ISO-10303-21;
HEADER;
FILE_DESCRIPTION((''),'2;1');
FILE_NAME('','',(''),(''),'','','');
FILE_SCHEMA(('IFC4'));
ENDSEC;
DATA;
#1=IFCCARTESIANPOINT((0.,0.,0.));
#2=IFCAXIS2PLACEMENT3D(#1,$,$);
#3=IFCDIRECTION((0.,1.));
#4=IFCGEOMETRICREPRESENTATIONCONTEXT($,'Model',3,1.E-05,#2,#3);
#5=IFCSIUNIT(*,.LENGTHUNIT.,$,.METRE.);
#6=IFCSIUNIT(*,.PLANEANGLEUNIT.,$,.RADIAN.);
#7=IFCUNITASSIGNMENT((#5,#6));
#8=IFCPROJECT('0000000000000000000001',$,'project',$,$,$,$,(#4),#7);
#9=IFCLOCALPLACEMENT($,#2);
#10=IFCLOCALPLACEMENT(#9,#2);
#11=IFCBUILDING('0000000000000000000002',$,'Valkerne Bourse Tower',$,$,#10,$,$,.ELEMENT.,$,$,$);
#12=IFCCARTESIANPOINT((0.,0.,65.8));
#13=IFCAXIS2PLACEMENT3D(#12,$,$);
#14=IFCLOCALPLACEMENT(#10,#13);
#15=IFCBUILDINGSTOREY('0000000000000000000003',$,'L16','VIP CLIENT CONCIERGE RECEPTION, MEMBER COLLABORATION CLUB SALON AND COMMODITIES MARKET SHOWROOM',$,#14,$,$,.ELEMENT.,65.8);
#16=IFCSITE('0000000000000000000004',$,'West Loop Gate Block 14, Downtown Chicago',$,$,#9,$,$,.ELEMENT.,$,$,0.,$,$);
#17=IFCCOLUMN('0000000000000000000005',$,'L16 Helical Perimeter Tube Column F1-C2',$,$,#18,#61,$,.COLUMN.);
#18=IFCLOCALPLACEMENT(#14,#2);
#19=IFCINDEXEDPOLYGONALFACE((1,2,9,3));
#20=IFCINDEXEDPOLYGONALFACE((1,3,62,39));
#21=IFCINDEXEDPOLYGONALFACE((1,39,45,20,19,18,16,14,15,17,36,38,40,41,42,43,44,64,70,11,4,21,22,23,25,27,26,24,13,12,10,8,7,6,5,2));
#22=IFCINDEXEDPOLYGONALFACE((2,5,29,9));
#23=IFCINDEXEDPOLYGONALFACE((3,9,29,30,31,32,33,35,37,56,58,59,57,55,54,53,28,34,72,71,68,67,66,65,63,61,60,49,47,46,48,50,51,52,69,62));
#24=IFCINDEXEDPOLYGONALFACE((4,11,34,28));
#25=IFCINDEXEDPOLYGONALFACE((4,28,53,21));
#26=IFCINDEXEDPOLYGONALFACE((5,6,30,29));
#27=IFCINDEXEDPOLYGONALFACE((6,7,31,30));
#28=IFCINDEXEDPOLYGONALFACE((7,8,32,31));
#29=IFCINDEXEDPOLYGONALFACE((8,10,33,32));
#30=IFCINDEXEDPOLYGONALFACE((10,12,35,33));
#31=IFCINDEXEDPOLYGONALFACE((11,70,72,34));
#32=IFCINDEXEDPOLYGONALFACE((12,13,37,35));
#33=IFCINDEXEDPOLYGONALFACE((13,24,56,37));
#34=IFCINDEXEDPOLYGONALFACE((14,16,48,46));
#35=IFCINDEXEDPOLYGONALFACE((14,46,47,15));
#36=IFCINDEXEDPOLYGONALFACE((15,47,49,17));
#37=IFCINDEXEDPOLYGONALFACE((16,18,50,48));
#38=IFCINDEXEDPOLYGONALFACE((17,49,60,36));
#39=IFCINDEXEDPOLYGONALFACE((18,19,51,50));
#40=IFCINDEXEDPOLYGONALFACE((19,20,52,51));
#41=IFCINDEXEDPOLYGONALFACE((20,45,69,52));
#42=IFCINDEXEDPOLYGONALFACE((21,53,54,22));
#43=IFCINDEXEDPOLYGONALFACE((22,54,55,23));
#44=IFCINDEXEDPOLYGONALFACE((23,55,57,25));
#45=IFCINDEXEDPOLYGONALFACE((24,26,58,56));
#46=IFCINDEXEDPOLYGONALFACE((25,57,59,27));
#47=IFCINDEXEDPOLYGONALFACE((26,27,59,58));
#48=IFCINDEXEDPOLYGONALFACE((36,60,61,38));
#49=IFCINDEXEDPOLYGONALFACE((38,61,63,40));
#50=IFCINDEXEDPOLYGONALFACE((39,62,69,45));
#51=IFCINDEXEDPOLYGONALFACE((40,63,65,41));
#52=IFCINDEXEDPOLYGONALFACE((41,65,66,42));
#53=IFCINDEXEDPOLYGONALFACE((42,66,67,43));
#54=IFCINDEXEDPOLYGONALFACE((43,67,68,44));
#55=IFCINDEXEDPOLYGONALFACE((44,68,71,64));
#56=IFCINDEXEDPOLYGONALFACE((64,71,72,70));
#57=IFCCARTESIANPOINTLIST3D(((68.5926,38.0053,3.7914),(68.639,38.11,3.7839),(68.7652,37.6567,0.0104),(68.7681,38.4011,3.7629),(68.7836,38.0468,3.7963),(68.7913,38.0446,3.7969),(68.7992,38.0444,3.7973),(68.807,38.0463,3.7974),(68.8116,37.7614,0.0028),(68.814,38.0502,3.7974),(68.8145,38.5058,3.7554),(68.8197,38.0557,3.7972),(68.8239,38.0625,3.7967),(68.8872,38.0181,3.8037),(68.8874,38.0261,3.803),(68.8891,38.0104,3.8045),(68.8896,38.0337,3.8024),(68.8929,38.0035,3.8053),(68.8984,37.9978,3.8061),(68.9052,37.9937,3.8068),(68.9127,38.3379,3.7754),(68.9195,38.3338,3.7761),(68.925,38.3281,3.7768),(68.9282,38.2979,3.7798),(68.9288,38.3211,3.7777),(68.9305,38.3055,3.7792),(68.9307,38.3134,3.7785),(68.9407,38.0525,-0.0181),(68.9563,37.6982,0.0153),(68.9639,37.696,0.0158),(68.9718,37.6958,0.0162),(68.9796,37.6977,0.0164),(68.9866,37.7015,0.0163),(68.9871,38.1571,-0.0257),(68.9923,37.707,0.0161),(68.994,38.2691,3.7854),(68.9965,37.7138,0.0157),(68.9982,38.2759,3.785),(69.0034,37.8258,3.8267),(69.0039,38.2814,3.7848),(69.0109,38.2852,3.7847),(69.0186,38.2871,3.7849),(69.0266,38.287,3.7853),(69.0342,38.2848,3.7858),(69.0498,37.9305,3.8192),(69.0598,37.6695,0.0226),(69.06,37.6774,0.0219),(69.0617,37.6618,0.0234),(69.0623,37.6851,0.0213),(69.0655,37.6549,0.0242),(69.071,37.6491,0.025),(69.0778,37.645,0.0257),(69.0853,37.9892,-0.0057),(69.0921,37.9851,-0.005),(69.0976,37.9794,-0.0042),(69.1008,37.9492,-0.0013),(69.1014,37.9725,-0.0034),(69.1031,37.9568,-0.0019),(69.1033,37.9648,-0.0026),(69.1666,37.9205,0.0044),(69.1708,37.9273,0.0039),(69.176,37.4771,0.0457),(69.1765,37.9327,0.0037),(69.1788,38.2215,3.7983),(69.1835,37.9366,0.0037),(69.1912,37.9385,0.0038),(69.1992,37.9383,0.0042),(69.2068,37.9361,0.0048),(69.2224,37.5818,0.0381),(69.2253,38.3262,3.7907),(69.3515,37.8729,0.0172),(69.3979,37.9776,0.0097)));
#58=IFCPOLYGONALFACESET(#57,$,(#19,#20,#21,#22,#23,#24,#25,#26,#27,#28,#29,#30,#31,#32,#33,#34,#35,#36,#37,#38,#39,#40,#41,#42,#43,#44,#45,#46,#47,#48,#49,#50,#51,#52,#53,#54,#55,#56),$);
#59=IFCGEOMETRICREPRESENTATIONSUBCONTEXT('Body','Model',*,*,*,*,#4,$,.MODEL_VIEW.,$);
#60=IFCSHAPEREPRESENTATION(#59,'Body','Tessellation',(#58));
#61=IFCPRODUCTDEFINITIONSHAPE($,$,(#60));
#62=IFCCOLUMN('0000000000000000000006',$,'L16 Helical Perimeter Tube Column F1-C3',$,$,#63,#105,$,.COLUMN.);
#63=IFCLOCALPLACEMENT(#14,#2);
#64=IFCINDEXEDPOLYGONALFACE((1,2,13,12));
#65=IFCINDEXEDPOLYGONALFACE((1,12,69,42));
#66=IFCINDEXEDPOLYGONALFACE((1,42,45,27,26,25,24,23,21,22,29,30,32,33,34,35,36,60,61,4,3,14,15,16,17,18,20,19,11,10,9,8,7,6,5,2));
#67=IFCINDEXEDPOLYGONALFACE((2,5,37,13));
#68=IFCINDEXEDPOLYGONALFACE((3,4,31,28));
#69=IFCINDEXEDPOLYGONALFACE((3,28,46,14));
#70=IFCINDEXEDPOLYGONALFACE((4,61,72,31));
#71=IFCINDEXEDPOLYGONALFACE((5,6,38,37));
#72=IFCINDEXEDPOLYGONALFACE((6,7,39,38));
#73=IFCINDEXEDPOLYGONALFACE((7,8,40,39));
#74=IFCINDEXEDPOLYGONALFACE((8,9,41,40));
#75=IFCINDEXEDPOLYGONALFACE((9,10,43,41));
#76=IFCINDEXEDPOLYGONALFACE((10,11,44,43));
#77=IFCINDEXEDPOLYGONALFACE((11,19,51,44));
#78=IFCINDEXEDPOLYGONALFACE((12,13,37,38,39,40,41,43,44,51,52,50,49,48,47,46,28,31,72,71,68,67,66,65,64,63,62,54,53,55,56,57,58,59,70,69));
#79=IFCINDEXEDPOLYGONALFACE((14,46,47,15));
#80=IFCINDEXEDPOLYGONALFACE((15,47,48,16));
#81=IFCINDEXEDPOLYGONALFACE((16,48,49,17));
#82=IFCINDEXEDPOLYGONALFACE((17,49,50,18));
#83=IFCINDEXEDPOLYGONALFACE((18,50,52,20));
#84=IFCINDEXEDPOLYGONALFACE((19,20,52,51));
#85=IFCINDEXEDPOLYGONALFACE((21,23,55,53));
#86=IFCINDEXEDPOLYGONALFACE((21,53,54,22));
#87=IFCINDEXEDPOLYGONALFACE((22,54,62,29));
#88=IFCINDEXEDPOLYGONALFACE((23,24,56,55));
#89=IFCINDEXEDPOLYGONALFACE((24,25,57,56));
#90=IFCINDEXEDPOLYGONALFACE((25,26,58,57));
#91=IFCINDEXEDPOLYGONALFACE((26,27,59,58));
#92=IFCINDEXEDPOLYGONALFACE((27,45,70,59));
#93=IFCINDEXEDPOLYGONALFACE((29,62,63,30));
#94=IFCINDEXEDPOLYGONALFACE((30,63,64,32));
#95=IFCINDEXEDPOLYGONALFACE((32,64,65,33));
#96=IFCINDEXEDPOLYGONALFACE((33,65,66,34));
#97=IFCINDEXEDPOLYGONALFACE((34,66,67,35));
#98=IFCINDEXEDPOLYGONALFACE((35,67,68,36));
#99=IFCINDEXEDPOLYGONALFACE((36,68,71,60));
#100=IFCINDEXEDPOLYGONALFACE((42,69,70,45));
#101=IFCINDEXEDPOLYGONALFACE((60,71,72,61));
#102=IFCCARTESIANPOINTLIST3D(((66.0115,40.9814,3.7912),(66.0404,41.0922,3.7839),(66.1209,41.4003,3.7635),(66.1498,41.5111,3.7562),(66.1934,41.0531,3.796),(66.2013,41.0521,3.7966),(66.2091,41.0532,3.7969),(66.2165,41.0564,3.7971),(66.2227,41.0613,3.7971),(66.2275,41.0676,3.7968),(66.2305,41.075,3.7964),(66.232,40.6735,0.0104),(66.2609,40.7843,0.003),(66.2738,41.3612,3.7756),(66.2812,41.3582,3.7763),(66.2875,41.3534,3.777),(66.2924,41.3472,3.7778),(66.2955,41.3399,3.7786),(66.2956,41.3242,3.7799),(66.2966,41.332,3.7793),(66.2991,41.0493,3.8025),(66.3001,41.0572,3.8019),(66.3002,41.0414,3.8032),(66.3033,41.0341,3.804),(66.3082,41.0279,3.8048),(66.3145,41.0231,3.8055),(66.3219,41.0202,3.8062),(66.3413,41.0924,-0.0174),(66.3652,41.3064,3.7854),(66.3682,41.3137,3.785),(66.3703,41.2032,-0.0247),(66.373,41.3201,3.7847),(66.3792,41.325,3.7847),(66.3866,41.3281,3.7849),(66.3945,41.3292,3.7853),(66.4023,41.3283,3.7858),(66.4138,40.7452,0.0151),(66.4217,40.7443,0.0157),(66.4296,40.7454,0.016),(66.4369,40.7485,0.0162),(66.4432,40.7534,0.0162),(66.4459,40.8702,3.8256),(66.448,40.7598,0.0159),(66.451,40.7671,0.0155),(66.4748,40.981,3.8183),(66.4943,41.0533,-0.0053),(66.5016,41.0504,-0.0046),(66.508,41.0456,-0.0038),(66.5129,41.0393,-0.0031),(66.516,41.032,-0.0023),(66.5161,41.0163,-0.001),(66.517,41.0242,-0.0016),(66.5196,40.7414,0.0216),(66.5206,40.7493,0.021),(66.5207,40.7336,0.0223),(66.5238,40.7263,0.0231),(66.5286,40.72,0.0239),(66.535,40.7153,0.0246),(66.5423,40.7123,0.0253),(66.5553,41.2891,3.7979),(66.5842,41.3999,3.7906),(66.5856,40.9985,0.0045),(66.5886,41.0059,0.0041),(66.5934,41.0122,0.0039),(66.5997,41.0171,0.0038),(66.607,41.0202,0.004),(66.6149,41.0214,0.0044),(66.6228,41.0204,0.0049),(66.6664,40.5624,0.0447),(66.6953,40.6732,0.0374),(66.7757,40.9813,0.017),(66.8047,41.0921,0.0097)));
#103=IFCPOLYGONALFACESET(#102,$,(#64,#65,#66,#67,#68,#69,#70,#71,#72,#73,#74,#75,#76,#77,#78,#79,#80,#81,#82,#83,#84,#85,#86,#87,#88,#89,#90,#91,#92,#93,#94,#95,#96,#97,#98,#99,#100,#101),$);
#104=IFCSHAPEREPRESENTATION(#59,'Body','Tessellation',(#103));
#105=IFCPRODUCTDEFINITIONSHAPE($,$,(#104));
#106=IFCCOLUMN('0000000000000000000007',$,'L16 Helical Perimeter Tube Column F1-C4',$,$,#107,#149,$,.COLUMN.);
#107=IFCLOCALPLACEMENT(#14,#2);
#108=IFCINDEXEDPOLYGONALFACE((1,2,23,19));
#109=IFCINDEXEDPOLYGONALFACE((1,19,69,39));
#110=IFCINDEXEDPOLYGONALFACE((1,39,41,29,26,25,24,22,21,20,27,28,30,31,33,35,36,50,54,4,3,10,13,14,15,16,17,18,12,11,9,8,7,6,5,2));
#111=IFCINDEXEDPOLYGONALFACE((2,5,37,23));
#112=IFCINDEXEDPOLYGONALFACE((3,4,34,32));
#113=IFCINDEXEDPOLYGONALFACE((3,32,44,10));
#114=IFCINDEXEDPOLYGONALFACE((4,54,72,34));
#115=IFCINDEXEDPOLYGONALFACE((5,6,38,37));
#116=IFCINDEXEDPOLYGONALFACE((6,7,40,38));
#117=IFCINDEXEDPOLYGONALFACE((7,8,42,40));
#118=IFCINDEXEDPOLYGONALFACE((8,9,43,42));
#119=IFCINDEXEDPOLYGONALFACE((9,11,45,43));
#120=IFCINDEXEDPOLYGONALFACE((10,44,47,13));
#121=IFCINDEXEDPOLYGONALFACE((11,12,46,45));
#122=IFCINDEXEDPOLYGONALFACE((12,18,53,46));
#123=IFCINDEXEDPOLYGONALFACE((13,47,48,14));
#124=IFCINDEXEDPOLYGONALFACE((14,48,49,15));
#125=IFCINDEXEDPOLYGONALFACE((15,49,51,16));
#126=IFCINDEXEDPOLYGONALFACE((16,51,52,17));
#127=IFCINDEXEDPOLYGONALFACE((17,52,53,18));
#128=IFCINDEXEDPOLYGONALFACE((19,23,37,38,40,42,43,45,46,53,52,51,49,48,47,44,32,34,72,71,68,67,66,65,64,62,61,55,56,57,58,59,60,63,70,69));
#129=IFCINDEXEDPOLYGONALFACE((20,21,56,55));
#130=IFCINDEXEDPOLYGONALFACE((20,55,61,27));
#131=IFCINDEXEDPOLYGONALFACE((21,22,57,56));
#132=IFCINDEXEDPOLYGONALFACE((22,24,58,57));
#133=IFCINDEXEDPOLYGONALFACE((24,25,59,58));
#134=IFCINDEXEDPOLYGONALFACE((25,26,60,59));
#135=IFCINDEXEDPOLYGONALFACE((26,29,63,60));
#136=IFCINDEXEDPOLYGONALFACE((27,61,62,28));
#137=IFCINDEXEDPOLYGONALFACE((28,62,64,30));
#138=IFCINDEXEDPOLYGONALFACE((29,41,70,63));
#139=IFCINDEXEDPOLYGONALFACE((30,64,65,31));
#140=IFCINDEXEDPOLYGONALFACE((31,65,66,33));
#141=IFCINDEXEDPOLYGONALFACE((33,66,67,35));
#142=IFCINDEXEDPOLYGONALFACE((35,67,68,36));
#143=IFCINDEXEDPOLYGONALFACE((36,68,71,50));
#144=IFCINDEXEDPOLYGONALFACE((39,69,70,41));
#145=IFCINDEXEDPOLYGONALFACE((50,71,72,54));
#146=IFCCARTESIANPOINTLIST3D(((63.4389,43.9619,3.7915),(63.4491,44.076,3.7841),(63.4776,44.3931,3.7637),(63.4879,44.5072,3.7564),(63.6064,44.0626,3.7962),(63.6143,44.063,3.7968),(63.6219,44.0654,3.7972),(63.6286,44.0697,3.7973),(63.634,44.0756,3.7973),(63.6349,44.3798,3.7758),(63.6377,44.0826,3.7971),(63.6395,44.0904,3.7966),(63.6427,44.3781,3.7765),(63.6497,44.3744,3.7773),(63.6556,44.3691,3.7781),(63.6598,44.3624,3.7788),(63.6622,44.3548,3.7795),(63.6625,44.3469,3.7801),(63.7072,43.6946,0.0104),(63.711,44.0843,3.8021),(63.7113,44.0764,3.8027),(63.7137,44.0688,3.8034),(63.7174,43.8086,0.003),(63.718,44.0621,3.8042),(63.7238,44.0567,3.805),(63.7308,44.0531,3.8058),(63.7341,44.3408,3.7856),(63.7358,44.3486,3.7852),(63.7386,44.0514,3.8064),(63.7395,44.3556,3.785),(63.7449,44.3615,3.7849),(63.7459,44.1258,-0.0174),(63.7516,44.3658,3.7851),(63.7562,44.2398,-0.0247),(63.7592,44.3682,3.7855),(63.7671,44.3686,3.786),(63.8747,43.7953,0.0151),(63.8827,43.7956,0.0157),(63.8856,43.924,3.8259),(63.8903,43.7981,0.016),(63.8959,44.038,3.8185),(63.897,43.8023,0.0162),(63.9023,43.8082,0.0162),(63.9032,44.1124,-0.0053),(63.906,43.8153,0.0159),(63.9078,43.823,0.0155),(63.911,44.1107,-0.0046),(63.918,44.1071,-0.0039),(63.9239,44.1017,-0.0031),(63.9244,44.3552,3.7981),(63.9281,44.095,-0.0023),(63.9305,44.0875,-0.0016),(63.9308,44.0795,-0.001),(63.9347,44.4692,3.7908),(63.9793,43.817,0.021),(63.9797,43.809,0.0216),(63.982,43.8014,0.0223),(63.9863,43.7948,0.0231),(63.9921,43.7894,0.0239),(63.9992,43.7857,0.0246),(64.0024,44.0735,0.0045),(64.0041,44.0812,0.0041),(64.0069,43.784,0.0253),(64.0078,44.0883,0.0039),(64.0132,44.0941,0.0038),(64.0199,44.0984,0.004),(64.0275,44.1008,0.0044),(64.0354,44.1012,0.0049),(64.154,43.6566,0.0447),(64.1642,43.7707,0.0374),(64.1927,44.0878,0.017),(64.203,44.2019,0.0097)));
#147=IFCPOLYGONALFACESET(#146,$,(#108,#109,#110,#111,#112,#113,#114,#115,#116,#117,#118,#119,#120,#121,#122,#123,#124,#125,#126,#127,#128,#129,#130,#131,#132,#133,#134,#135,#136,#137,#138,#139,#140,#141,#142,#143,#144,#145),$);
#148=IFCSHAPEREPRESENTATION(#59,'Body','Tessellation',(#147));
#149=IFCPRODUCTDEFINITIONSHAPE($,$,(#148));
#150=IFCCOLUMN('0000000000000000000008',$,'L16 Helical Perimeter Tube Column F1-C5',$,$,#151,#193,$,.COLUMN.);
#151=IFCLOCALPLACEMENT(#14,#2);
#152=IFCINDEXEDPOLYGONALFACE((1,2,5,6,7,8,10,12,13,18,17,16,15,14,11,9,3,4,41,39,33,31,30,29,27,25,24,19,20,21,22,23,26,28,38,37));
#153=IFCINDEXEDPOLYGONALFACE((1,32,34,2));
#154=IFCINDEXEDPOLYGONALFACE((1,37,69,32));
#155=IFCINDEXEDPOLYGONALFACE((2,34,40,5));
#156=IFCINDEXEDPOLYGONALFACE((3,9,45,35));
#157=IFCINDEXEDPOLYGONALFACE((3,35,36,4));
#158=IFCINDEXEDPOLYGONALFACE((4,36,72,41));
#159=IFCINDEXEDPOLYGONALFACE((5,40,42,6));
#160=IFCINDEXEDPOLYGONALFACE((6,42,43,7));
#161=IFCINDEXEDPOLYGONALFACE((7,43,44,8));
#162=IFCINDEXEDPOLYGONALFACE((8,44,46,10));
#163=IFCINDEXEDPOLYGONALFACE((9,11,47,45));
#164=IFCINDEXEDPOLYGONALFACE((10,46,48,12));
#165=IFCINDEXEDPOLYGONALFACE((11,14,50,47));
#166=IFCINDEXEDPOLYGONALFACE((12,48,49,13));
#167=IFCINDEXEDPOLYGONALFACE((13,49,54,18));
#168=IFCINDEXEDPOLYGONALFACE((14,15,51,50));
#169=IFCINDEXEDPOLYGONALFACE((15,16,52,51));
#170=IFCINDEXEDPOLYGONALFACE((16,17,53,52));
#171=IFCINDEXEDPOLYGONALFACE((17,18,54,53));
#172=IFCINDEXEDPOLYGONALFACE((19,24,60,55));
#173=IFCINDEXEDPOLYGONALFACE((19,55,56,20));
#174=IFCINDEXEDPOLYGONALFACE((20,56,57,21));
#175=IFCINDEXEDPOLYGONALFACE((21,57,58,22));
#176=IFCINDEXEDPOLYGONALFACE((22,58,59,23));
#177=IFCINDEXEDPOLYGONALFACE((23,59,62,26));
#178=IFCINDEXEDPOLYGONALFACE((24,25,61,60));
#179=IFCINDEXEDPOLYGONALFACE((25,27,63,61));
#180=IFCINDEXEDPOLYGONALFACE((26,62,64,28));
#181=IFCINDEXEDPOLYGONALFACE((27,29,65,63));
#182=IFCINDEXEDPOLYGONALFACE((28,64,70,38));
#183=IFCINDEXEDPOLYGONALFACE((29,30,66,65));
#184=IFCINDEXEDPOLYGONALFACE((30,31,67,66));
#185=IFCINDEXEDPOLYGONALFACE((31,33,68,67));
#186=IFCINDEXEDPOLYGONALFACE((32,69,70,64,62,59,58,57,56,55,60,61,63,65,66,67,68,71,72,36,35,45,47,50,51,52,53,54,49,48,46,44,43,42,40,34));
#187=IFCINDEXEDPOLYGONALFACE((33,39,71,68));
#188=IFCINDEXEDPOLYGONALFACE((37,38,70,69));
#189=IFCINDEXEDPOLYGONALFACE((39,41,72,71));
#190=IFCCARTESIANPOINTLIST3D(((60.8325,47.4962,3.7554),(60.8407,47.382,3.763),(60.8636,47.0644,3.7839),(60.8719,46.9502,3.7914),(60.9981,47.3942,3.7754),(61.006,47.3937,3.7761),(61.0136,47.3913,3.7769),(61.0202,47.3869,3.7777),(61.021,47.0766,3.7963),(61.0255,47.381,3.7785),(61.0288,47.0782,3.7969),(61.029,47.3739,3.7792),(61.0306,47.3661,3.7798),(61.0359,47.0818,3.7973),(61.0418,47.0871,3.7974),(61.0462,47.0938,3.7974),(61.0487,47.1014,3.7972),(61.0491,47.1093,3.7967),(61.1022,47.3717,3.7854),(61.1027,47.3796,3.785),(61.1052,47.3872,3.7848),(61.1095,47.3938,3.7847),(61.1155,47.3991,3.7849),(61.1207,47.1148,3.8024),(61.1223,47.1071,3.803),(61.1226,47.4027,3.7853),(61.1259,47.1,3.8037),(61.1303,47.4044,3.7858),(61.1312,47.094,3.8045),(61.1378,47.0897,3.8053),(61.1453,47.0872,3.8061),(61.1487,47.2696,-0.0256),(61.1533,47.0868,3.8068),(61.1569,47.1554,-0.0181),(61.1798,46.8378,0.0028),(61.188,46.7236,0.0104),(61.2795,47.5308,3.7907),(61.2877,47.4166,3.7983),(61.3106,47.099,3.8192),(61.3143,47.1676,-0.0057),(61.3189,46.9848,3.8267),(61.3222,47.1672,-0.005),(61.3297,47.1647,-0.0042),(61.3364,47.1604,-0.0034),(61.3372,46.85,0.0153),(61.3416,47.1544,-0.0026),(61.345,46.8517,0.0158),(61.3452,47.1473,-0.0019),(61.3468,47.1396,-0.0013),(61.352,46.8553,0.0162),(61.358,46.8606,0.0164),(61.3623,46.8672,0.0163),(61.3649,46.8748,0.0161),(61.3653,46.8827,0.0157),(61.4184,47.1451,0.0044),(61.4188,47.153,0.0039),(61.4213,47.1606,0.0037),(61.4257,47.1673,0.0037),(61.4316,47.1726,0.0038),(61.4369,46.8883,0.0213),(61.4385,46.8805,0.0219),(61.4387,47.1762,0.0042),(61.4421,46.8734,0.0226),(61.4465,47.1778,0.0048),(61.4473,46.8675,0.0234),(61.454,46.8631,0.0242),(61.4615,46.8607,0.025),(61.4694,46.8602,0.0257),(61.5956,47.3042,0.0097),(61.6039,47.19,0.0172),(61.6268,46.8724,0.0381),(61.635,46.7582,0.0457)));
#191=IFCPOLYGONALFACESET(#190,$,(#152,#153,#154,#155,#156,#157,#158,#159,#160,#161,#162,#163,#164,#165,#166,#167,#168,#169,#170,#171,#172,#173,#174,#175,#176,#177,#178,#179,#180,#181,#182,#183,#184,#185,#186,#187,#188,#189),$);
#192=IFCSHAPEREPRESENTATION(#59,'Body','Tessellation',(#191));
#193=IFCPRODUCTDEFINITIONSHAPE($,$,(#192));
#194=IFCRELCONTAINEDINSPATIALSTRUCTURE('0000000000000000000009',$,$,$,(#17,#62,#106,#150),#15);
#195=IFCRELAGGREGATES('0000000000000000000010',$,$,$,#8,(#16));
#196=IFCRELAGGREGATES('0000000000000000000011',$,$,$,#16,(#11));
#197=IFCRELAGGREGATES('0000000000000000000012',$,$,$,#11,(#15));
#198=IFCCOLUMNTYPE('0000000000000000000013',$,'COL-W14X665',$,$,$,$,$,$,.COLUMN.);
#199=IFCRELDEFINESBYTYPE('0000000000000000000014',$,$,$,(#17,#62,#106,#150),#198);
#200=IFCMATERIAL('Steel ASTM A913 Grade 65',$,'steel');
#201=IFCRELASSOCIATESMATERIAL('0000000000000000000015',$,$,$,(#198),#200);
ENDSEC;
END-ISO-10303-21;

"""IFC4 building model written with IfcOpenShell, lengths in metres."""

from ifc_helpers import new_model, si_unit, direction, frame, origin, origin_2d, place, context, subcontext, project, spatial, i_section, extrude, material, material_profile, profile_set, type_object, element, save


model = new_model("IFC4")

# Units and contexts
model_context = context("Model", 3, precision=1e-05, world=origin(), true_north=direction((0.0, 1.0)))
body_context = subcontext(model_context, "Body", "Model", "MODEL_VIEW")
ifc_project = project(units=[si_unit("LENGTHUNIT", "METRE"), si_unit("PLANEANGLEUNIT", "RADIAN")], contexts=[model_context])

# Site, building, storey
site_placement = place(None, origin())
site = spatial("IfcSite", under=ifc_project, at=site_placement, Name="West Loop Gate Block 14, Downtown Chicago", CompositionType="ELEMENT", RefElevation=0.0)
building_placement = place(site_placement, origin())
building = spatial("IfcBuilding", under=site, at=building_placement, Name="Valkerne Bourse Tower", CompositionType="ELEMENT")
storey_placement = place(building_placement, frame((0.0, 0.0, 65.8)))
storey = spatial("IfcBuildingStorey", under=building, at=storey_placement, Name="L16", Description="VIP CLIENT CONCIERGE RECEPTION, MEMBER COLLABORATION CLUB SALON AND COMMODITIES MARKET SHOWROOM", CompositionType="ELEMENT", Elevation=65.8)

# Columns
ifc_material_1 = material(Name="Steel ASTM A913 Grade 65", Category="steel")
ifc_material_profile_1 = material_profile(ifc_material_1, i_section(OverallWidth=0.4497, OverallDepth=0.5486, WebThickness=0.072, FlangeThickness=0.1147, FilletRadius=0.0305, at=origin_2d()), Name="W14X665")
ifc_profile_set_1 = profile_set([ifc_material_profile_1], Name="Steel ASTM A913 Grade 65")
column_type = type_object("IfcColumnType", Name="COL-W14X665", PredefinedType="COLUMN", material=ifc_profile_set_1)
column_1_placement = place(storey_placement, frame((69.0815, 37.8171, 0.01), z_axis=(-0.045411, 0.091722, 0.994749), x_axis=(0.913453, -0.399297, 0.078518)))
element("IfcColumn", 1, at=column_1_placement, inside=storey, type_object=column_type, Name="L16 Helical Perimeter Tube Column F1-C2", PredefinedType="COLUMN", context=body_context, shape_type="SweptSolid", body=[
    extrude(i_section(OverallWidth=0.4497, OverallDepth=0.5486, WebThickness=0.072, FlangeThickness=0.1147, FilletRadius=0.0305, at=origin_2d()), origin(), (0.0, 0.0, 1.0), 3.801),
])
column_2_placement = place(storey_placement, frame((66.5183, 40.8828, 0.01), z_axis=(-0.058017, 0.081018, 0.995023), x_axis=(0.965952, -0.247168, 0.076447)))
element("IfcColumn", 2, at=column_2_placement, inside=storey, type_object=column_type, Name="L16 Helical Perimeter Tube Column F1-C3", PredefinedType="COLUMN", context=body_context, shape_type="SweptSolid", body=[
    extrude(i_section(OverallWidth=0.4497, OverallDepth=0.5486, WebThickness=0.072, FlangeThickness=0.1147, FilletRadius=0.0305, at=origin_2d()), origin(), (0.0, 0.0, 1.0), 3.7998),
])
column_3_placement = place(storey_placement, frame((63.9551, 43.9482, 0.01), z_axis=(-0.070609, 0.070352, 0.99502), x_axis=(0.993495, -0.084382, 0.076467)))
element("IfcColumn", 3, at=column_3_placement, inside=storey, type_object=column_type, Name="L16 Helical Perimeter Tube Column F1-C4", PredefinedType="COLUMN", context=body_context, shape_type="SweptSolid", body=[
    extrude(i_section(OverallWidth=0.4497, OverallDepth=0.5486, WebThickness=0.072, FlangeThickness=0.1147, FilletRadius=0.0305, at=origin_2d()), origin(), (0.0, 0.0, 1.0), 3.8),
])
column_4_placement = place(storey_placement, frame((61.3918, 47.0139, 0.01), z_axis=(-0.08318, 0.059607, 0.99475), x_axis=(0.993945, 0.076881, 0.078505)))
element("IfcColumn", 4, at=column_4_placement, inside=storey, type_object=column_type, Name="L16 Helical Perimeter Tube Column F1-C5", PredefinedType="COLUMN", context=body_context, shape_type="SweptSolid", body=[
    extrude(i_section(OverallWidth=0.4497, OverallDepth=0.5486, WebThickness=0.072, FlangeThickness=0.1147, FilletRadius=0.0305, at=origin_2d()), origin(), (0.0, 0.0, 1.0), 3.801),
])

save(model, "model.ifc")
